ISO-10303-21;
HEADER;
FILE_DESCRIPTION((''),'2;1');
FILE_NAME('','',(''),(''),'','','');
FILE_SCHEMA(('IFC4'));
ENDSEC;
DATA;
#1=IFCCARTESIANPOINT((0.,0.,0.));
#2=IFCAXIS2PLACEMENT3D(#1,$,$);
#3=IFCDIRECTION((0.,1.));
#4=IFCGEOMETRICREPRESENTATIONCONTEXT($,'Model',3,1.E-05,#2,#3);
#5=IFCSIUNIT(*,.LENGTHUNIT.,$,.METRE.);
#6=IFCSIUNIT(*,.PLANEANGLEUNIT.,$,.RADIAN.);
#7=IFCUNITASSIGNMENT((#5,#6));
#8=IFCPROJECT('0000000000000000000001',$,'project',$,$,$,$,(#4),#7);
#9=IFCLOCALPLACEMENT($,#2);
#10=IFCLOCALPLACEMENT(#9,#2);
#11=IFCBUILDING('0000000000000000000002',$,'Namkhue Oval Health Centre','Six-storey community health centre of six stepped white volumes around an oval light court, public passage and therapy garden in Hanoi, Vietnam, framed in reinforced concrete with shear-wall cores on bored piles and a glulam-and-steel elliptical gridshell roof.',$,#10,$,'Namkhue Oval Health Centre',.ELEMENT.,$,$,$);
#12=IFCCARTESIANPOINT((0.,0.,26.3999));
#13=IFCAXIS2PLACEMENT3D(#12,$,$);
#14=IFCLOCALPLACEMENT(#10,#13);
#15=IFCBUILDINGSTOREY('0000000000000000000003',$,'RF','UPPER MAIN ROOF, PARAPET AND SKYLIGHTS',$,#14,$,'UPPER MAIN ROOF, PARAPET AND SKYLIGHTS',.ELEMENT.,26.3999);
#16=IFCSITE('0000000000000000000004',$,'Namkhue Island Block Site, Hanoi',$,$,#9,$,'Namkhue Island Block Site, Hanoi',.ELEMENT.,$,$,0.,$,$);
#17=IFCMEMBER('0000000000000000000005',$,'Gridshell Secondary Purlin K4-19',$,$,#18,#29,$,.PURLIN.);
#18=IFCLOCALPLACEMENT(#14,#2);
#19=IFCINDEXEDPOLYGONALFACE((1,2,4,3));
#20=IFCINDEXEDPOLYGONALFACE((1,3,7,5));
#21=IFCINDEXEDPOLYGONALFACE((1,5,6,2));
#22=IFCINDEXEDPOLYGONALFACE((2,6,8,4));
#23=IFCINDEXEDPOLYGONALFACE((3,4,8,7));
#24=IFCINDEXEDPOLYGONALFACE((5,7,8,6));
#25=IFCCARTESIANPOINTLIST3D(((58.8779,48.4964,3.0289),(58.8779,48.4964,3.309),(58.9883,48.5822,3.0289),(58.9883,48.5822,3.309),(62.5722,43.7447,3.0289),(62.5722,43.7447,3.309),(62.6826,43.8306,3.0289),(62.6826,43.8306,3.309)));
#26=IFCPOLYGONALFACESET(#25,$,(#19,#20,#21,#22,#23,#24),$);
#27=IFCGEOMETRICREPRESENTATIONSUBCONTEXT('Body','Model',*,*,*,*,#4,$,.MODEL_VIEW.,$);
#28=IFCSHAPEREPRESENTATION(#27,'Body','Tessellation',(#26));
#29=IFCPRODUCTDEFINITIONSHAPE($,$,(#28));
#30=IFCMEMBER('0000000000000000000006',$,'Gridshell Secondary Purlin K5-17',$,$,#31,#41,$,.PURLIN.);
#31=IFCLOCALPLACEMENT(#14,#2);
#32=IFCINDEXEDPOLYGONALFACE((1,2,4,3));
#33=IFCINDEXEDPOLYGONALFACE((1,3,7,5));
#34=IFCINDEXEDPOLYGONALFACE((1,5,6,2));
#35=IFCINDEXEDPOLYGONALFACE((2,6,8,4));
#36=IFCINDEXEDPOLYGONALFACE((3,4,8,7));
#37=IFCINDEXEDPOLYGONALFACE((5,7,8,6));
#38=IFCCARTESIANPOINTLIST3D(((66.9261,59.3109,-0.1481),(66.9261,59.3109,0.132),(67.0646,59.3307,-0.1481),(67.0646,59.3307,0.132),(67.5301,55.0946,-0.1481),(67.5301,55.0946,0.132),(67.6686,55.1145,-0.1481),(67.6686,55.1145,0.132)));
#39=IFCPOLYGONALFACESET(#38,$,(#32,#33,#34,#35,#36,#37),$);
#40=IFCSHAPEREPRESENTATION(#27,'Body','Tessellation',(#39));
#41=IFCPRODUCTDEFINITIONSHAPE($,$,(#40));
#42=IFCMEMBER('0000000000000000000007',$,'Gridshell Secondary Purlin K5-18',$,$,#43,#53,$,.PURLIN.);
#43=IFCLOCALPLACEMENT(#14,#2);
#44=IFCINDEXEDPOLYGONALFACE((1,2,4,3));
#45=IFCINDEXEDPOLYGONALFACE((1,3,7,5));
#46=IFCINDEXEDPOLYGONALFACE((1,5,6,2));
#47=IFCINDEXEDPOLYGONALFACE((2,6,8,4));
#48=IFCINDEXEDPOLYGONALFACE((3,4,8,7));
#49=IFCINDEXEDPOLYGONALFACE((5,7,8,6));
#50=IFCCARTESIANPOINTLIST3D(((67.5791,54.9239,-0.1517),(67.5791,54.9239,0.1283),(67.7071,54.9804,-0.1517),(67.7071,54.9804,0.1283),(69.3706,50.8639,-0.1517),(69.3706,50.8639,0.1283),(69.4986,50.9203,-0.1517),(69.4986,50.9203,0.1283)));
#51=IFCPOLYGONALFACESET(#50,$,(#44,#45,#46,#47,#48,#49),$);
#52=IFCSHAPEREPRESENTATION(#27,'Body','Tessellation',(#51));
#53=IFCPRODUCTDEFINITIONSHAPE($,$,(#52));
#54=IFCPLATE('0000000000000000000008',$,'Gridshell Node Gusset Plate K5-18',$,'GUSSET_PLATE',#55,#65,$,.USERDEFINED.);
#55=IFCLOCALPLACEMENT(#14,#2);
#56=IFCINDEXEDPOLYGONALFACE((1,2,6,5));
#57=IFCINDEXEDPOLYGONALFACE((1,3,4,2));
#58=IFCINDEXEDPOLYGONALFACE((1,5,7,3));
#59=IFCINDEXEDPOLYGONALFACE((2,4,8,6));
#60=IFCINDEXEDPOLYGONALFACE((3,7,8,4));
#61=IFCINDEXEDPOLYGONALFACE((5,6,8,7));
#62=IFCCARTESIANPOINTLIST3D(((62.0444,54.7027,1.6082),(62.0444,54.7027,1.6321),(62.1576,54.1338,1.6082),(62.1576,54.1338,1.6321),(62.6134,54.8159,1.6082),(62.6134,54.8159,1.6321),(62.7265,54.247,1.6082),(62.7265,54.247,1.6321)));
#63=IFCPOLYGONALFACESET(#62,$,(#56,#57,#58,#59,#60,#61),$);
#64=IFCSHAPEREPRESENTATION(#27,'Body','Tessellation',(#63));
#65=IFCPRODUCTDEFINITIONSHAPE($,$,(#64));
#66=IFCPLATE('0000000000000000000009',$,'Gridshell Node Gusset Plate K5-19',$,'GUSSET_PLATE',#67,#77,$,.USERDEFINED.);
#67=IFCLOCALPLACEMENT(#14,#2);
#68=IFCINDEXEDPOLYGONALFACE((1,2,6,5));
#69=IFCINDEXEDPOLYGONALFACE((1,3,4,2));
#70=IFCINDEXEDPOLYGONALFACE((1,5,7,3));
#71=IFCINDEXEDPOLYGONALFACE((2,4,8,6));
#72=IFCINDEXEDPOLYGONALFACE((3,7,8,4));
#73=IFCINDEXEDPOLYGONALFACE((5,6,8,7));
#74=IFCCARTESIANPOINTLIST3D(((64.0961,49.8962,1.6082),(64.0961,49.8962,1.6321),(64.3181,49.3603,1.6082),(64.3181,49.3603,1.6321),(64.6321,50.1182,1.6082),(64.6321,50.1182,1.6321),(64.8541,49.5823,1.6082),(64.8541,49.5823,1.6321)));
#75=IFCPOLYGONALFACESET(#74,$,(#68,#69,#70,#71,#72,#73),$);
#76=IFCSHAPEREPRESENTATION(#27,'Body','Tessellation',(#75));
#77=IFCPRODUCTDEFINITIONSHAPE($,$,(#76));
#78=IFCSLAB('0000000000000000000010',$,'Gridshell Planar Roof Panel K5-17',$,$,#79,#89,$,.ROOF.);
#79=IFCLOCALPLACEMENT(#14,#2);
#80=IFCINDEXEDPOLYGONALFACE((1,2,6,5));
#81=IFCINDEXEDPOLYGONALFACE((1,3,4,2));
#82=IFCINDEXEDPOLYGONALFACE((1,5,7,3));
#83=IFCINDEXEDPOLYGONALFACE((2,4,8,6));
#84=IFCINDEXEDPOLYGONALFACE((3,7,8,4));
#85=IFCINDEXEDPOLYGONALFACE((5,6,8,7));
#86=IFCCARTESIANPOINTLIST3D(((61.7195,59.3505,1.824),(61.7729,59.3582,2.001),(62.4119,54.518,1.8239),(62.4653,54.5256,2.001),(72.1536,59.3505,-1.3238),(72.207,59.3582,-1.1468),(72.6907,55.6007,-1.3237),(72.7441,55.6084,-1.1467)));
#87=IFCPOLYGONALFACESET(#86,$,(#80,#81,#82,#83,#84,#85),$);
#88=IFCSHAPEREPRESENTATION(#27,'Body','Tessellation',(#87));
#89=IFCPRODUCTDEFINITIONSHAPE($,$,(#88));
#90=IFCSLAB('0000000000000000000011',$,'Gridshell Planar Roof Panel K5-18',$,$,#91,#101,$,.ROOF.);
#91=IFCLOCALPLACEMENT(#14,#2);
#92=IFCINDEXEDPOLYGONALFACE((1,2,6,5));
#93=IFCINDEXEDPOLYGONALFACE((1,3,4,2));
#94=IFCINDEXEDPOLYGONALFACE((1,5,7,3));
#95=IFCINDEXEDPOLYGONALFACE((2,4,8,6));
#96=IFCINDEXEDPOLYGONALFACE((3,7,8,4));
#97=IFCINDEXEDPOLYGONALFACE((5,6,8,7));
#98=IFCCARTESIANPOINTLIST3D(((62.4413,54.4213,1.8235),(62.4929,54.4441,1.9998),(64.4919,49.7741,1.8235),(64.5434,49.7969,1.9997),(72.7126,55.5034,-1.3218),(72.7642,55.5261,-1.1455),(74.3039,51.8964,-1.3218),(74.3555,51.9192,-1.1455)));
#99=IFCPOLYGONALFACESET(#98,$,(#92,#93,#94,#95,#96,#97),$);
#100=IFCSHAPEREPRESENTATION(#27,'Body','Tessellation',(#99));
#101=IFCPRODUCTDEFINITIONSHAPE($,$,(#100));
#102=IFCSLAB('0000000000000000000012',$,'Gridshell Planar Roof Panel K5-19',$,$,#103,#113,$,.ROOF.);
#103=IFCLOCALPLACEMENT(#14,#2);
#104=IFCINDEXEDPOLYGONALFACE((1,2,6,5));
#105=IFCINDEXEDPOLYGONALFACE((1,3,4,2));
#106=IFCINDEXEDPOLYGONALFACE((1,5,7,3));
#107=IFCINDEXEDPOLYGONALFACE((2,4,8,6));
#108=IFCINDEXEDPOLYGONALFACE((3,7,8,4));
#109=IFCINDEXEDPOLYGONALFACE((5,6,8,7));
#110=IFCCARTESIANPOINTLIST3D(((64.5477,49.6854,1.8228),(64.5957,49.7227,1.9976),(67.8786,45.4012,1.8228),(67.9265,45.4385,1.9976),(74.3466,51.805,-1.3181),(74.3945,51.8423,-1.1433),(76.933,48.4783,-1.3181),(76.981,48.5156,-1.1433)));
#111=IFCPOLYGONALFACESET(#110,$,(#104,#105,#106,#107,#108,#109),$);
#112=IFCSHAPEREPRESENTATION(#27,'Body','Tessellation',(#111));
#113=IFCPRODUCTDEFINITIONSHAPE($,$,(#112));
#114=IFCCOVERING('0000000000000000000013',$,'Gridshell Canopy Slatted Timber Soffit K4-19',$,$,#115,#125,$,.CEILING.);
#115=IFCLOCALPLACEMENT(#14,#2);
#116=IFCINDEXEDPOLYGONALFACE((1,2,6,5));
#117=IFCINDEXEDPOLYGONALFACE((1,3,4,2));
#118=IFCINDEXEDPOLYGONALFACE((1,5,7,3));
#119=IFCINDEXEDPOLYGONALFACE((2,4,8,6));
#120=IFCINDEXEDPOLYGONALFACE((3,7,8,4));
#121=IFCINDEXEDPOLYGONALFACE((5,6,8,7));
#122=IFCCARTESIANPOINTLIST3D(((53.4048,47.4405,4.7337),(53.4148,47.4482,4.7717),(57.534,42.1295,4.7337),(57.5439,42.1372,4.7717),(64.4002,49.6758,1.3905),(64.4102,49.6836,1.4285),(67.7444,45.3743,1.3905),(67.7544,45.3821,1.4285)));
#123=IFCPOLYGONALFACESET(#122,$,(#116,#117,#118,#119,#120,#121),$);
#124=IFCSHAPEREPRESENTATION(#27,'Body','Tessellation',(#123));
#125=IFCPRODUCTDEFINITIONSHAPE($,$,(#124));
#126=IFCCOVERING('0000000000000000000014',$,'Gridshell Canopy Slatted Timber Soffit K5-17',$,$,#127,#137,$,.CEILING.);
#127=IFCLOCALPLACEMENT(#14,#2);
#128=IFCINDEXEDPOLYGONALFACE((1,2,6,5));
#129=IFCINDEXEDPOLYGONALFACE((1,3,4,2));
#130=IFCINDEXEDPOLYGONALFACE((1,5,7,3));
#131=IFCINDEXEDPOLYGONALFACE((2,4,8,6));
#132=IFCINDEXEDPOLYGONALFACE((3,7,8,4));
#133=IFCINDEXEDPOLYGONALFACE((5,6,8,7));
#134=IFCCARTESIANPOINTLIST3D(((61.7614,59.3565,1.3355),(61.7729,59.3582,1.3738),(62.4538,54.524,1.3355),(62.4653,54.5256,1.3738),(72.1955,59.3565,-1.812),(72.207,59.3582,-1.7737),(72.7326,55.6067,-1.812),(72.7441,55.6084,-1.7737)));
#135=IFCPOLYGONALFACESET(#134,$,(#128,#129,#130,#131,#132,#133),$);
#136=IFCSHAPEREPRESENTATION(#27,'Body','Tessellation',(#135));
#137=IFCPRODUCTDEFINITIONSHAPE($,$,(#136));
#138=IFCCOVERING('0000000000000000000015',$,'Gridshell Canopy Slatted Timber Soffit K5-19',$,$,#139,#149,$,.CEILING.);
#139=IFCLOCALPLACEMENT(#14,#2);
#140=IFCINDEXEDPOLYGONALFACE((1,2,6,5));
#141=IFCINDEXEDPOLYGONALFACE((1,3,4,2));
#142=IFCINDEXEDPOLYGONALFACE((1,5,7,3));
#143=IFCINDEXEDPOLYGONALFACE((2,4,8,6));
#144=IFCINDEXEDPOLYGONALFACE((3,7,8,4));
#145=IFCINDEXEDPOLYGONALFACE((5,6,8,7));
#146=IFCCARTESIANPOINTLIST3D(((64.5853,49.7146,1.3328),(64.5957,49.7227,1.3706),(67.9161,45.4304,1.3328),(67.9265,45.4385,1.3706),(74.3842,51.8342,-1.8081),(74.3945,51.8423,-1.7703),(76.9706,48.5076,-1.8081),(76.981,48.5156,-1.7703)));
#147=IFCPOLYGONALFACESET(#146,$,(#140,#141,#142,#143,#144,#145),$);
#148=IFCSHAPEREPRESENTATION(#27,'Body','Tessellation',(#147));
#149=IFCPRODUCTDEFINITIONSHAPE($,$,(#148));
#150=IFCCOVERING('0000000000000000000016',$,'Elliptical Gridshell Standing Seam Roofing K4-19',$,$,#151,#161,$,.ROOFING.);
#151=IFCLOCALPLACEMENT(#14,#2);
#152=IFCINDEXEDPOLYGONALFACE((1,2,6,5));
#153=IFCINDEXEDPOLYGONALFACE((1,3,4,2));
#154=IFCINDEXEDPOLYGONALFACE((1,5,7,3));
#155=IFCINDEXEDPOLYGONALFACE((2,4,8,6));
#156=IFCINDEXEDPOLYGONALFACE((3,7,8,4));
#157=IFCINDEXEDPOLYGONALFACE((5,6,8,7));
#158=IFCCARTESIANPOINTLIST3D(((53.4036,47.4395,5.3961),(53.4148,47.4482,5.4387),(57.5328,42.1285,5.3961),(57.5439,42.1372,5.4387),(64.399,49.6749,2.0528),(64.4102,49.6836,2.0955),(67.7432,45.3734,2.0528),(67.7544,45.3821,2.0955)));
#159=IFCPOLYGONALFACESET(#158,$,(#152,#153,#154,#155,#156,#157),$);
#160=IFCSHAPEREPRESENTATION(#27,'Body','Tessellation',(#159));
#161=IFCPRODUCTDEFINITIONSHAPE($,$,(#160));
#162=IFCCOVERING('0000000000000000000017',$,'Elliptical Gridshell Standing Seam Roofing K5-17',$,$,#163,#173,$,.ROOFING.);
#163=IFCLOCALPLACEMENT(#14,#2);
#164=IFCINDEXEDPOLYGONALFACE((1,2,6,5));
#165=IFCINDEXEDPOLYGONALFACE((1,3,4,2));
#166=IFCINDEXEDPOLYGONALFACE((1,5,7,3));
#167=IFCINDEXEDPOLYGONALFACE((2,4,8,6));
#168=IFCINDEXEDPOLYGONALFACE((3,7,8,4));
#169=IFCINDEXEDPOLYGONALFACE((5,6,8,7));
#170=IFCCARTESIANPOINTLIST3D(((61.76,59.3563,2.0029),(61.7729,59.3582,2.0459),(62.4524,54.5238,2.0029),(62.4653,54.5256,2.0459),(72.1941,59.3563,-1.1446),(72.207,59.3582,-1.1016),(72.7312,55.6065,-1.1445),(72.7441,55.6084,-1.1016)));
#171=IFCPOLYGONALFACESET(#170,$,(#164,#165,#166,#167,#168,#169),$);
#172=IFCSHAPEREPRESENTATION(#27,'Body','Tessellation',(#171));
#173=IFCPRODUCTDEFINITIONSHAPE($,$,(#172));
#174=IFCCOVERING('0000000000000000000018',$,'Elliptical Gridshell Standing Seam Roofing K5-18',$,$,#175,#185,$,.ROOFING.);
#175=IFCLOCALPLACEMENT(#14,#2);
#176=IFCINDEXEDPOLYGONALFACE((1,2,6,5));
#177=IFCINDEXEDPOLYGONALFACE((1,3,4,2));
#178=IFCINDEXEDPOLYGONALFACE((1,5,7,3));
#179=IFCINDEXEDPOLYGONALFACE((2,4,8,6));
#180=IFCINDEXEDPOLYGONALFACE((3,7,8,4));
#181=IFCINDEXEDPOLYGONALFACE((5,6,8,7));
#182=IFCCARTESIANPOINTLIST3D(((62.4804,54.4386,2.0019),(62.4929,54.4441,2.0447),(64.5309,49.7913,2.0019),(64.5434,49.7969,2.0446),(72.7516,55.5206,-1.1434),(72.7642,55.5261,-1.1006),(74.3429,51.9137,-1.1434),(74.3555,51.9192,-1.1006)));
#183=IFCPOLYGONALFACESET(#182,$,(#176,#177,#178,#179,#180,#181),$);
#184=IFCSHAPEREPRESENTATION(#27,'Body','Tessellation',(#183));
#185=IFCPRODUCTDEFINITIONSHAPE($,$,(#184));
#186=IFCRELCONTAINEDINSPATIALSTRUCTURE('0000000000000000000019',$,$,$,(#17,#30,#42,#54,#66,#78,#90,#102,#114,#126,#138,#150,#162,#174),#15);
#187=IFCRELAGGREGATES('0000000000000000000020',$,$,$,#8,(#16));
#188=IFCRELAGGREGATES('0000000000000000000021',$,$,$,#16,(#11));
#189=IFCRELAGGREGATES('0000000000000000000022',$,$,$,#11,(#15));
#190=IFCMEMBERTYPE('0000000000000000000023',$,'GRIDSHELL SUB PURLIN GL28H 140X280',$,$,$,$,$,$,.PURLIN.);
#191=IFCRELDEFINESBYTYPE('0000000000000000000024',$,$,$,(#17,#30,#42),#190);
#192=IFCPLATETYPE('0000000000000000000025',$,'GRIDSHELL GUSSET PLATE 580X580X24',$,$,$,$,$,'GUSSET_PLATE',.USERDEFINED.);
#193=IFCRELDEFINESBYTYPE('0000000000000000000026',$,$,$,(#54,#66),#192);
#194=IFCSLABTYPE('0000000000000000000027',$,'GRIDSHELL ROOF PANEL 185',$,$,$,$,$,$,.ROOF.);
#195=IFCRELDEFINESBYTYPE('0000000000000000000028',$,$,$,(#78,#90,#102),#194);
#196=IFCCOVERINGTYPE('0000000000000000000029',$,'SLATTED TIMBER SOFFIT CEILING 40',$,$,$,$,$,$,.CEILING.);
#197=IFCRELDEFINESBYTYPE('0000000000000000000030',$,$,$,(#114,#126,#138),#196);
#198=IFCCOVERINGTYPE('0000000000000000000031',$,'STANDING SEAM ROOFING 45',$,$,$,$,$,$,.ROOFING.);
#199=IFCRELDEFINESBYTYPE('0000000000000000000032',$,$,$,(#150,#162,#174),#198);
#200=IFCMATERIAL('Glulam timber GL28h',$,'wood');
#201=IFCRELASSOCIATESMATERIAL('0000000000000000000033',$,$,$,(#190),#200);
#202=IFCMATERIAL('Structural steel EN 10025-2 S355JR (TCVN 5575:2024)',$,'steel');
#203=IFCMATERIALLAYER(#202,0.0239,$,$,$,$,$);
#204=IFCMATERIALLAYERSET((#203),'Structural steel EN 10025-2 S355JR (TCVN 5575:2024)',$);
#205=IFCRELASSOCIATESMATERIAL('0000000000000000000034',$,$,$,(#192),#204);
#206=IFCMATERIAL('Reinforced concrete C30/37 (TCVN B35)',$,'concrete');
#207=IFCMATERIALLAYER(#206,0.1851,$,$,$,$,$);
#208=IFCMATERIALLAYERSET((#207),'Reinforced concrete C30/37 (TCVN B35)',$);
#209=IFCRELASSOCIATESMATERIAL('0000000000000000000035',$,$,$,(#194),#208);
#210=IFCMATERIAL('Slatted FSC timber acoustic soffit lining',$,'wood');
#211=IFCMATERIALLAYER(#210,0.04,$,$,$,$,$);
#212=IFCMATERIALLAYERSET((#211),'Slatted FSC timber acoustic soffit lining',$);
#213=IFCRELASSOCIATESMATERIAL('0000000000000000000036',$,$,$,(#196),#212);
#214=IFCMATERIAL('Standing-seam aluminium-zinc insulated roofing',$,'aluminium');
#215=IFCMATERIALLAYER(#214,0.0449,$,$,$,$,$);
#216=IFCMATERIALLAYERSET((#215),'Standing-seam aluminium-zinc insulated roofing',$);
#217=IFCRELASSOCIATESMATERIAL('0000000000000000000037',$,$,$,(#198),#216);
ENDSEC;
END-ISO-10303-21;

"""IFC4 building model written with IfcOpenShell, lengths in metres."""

from ifc_helpers import new_model, si_unit, direction, frame, origin, origin_2d, place, context, subcontext, project, spatial, polyline, rectangle, outline, extrude, material, layer, layer_set, material_profile, profile_set, type_object, element, save


model = new_model("IFC4")

# Units and contexts
model_context = context("Model", 3, precision=1e-05, world=origin(), true_north=direction((0.0, 1.0)))
body_context = subcontext(model_context, "Body", "Model", "MODEL_VIEW")
ifc_project = project(units=[si_unit("LENGTHUNIT", "METRE"), si_unit("PLANEANGLEUNIT", "RADIAN")], contexts=[model_context])

# Site, building, storey
site_placement = place(None, origin())
site = spatial("IfcSite", under=ifc_project, at=site_placement, Name="Namkhue Island Block Site, Hanoi", LongName="Namkhue Island Block Site, Hanoi", CompositionType="ELEMENT", RefElevation=0.0)
building_placement = place(site_placement, origin())
building = spatial("IfcBuilding", under=site, at=building_placement, Name="Namkhue Oval Health Centre", Description="Six-storey community health centre of six stepped white volumes around an oval light court, public passage and therapy garden in Hanoi, Vietnam, framed in reinforced concrete with shear-wall cores on bored piles and a glulam-and-steel elliptical gridshell roof.", LongName="Namkhue Oval Health Centre", CompositionType="ELEMENT")
storey_placement = place(building_placement, frame((0.0, 0.0, 26.3999)))
storey = spatial("IfcBuildingStorey", under=building, at=storey_placement, Name="RF", Description="UPPER MAIN ROOF, PARAPET AND SKYLIGHTS", LongName="UPPER MAIN ROOF, PARAPET AND SKYLIGHTS", CompositionType="ELEMENT", Elevation=26.3999)

# Members
ifc_material_1 = material(Name="Structural steel EN 10025-2 S355JR (TCVN 5575:2024)", Category="steel")
ifc_material_2 = material(Name="Glulam timber GL28h", Category="wood")
ifc_material_profile_1 = material_profile(ifc_material_2, rectangle(XDim=0.1399, YDim=0.28, at=origin_2d()), Name="GL28h 140x280")
ifc_profile_set_1 = profile_set([ifc_material_profile_1], Name="Glulam timber GL28h")
member_type_1 = type_object("IfcMemberType", Name="GRIDSHELL SUB PURLIN GL28H 140X280", PredefinedType="PURLIN", material=ifc_profile_set_1)
member_1_placement = place(storey_placement, frame((58.9331, 48.5393, 3.1689), z_axis=(0.613792, -0.789468, 0.0), x_axis=(0.789468, 0.613792, 0.0)))
element("IfcMember", 1, at=member_1_placement, inside=storey, type_object=member_type_1, Name="Gridshell Secondary Purlin K4-19", PredefinedType="PURLIN", context=body_context, shape_type="SweptSolid", body=[
    extrude(rectangle(XDim=0.1399, YDim=0.28, at=origin_2d()), origin(), (0.0, 0.0, 1.0), 6.0188),
])
member_2_placement = place(storey_placement, frame((66.9954, 59.3208, -0.0081), z_axis=(0.141807, -0.989894, 0.0), x_axis=(0.989894, 0.141807, 0.0)))
element("IfcMember", 2, at=member_2_placement, inside=storey, type_object=member_type_1, Name="Gridshell Secondary Purlin K5-17", PredefinedType="PURLIN", context=body_context, shape_type="SweptSolid", body=[
    extrude(rectangle(XDim=0.1399, YDim=0.28, at=origin_2d()), origin(), (0.0, 0.0, 1.0), 4.2593),
])
member_3_placement = place(storey_placement, frame((67.6431, 54.9521, -0.0117), z_axis=(0.403697, -0.914893, 0.0), x_axis=(0.914893, 0.403697, 0.0)))
element("IfcMember", 3, at=member_3_placement, inside=storey, type_object=member_type_1, Name="Gridshell Secondary Purlin K5-18", PredefinedType="PURLIN", context=body_context, shape_type="SweptSolid", body=[
    extrude(rectangle(XDim=0.1399, YDim=0.28, at=origin_2d()), origin(), (0.0, 0.0, 1.0), 4.4377),
])

# Plates
ifc_layer_1 = layer(ifc_material_1, 0.0239)
ifc_layer_set_1 = layer_set([ifc_layer_1], Name="Structural steel EN 10025-2 S355JR (TCVN 5575:2024)")
plate_type = type_object("IfcPlateType", Name="GRIDSHELL GUSSET PLATE 580X580X24", ElementType="GUSSET_PLATE", PredefinedType="USERDEFINED", material=ifc_layer_set_1)
for number, where, z_axis, x_axis, name in (
    (4, (62.3855, 54.4749, 1.6082), (0.0, 0.0, 1.0), (-0.980785, -0.19509, 0.0), "Gridshell Node Gusset Plate K5-18"),
    (5, (64.4751, 49.7393, 1.6082), (0.0, 0.0, 1.0), (-0.92388, -0.382683, 0.0), "Gridshell Node Gusset Plate K5-19"),
):
    element("IfcPlate", number, at=place(storey_placement, frame(where, z_axis=z_axis, x_axis=x_axis)), inside=storey, type_object=plate_type, Name=name, ObjectType="GUSSET_PLATE", PredefinedType="USERDEFINED", context=body_context, shape_type="SweptSolid", body=[
        extrude(rectangle(XDim=0.5801, YDim=0.5801, at=origin_2d()), origin(), (0.0, 0.0, 1.0), 0.0239),
    ])

# Slabs
ifc_material_3 = material(Name="Reinforced concrete C30/37 (TCVN B35)", Category="concrete")
ifc_layer_2 = layer(ifc_material_3, 0.1851)
ifc_layer_set_2 = layer_set([ifc_layer_2], Name="Reinforced concrete C30/37 (TCVN B35)")
slab_type = type_object("IfcSlabType", Name="GRIDSHELL ROOF PANEL 185", PredefinedType="ROOF", material=ifc_layer_set_2)
slab_1_placement = place(storey_placement, frame((61.7729, 59.3582, 2.001), z_axis=(0.288574, 0.041341, 0.956565), x_axis=(0.141826, -0.989892, -0.000004)))
element("IfcSlab", 6, at=slab_1_placement, inside=storey, type_object=slab_type, Name="Gridshell Planar Roof Panel K5-17", PredefinedType="ROOF", context=body_context, shape_type="SweptSolid", body=[
    extrude(outline(polyline([(0.0, 0.0), (4.8819, 0.0), (5.2679, 10.7975), (1.4798, 10.7976), (0.0, 0.0)])), origin(), (0.0, 0.0, -1.0), 0.1851),
])
slab_2_placement = place(storey_placement, frame((62.4929, 54.4441, 1.9998), z_axis=(0.278714, 0.122972, 0.952469), x_axis=(0.403687, -0.914897, -0.000006)))
element("IfcSlab", 7, at=slab_2_placement, inside=storey, type_object=slab_type, Name="Gridshell Planar Roof Panel K5-18", PredefinedType="ROOF", context=body_context, shape_type="SweptSolid", body=[
    extrude(outline(polyline([(0.0, 0.0), (5.0795, 0.0), (7.0988, 10.3245), (3.1564, 10.3247), (0.0, 0.0)])), origin(), (0.0, 0.0, -1.0), 0.1851),
])
slab_3_placement = place(storey_placement, frame((64.5957, 49.7227, 1.9976), z_axis=(0.25918, 0.201506, 0.944575), x_axis=(0.613788, -0.789471, 0.000001)))
element("IfcSlab", 8, at=slab_3_placement, inside=storey, type_object=slab_type, Name="Gridshell Planar Roof Panel K5-19", PredefinedType="ROOF", context=body_context, shape_type="SweptSolid", body=[
    extrude(outline(polyline([(0.0, 0.0), (5.4266, 0.0), (8.5548, 9.5672), (4.341, 9.5672), (0.0, 0.0)])), origin(), (0.0, 0.0, -1.0), 0.1851),
])

# Coverings
ifc_material_4 = material(Name="Slatted FSC timber acoustic soffit lining", Category="wood")
ifc_layer_3 = layer(ifc_material_4, 0.04)
ifc_layer_set_3 = layer_set([ifc_layer_3], Name="Slatted FSC timber acoustic soffit lining")
covering_type_1 = type_object("IfcCoveringType", Name="SLATTED TIMBER SOFFIT CEILING 40", PredefinedType="CEILING", material=ifc_layer_set_3)
covering_1_placement = place(storey_placement, frame((53.4148, 47.4482, 4.7717), z_axis=(0.249144, 0.1937, 0.948898), x_axis=(0.613787, -0.789472, -0.000001)))
element("IfcCovering", 9, at=covering_1_placement, inside=storey, type_object=covering_type_1, Name="Gridshell Canopy Slatted Timber Soffit K4-19", PredefinedType="CEILING", context=body_context, shape_type="SweptSolid", body=[
    extrude(outline(polyline([(0.0, 0.0), (6.7273, 0.0), (10.4326, 10.5939), (4.9841, 10.5939), (0.0, 0.0)])), origin(), (0.0, 0.0, -1.0), 0.04),
])
covering_2_placement = place(storey_placement, frame((61.7729, 59.3582, 1.3738), z_axis=(0.288554, 0.041338, 0.956571), x_axis=(0.141826, -0.989892, -0.000004)))
element("IfcCovering", 10, at=covering_2_placement, inside=storey, type_object=covering_type_1, Name="Gridshell Canopy Slatted Timber Soffit K5-17", PredefinedType="CEILING", context=body_context, shape_type="SweptSolid", body=[
    extrude(outline(polyline([(0.0, 0.0), (4.8819, 0.0), (5.2679, 10.7974), (1.4798, 10.7975), (0.0, 0.0)])), origin(), (0.0, 0.0, -1.0), 0.04),
])
covering_3_placement = place(storey_placement, frame((64.5957, 49.7227, 1.3706), z_axis=(0.25918, 0.201506, 0.944575), x_axis=(0.613788, -0.789471, 0.000001)))
element("IfcCovering", 11, at=covering_3_placement, inside=storey, type_object=covering_type_1, Name="Gridshell Canopy Slatted Timber Soffit K5-19", PredefinedType="CEILING", context=body_context, shape_type="SweptSolid", body=[
    extrude(outline(polyline([(0.0, 0.0), (5.4266, 0.0), (8.5548, 9.5672), (4.341, 9.5672), (0.0, 0.0)])), origin(), (0.0, 0.0, -1.0), 0.04),
])
ifc_material_5 = material(Name="Standing-seam aluminium-zinc insulated roofing", Category="aluminium")
ifc_layer_4 = layer(ifc_material_5, 0.0449)
ifc_layer_set_4 = layer_set([ifc_layer_4], Name="Standing-seam aluminium-zinc insulated roofing")
covering_type_2 = type_object("IfcCoveringType", Name="STANDING SEAM ROOFING 45", PredefinedType="ROOFING", material=ifc_layer_set_4)
covering_4_placement = place(storey_placement, frame((53.4148, 47.4482, 5.4387), z_axis=(0.249144, 0.1937, 0.948898), x_axis=(0.613787, -0.789472, -0.000001)))
element("IfcCovering", 12, at=covering_4_placement, inside=storey, type_object=covering_type_2, Name="Elliptical Gridshell Standing Seam Roofing K4-19", PredefinedType="ROOFING", context=body_context, shape_type="SweptSolid", body=[
    extrude(outline(polyline([(0.0, 0.0), (6.7273, 0.0), (10.4326, 10.5939), (4.9841, 10.5939), (0.0, 0.0)])), origin(), (0.0, 0.0, -1.0), 0.0449),
])
covering_5_placement = place(storey_placement, frame((61.7729, 59.3582, 2.0459), z_axis=(0.288554, 0.041338, 0.956571), x_axis=(0.141826, -0.989892, -0.000004)))
element("IfcCovering", 13, at=covering_5_placement, inside=storey, type_object=covering_type_2, Name="Elliptical Gridshell Standing Seam Roofing K5-17", PredefinedType="ROOFING", context=body_context, shape_type="SweptSolid", body=[
    extrude(outline(polyline([(0.0, 0.0), (4.8819, 0.0), (5.2679, 10.7974), (1.4798, 10.7975), (0.0, 0.0)])), origin(), (0.0, 0.0, -1.0), 0.0449),
])
covering_6_placement = place(storey_placement, frame((62.4929, 54.4441, 2.0447), z_axis=(0.278714, 0.122972, 0.952469), x_axis=(0.403687, -0.914897, -0.000006)))
element("IfcCovering", 14, at=covering_6_placement, inside=storey, type_object=covering_type_2, Name="Elliptical Gridshell Standing Seam Roofing K5-18", PredefinedType="ROOFING", context=body_context, shape_type="SweptSolid", body=[
    extrude(outline(polyline([(0.0, 0.0), (5.0795, 0.0), (7.0988, 10.3245), (3.1564, 10.3247), (0.0, 0.0)])), origin(), (0.0, 0.0, -1.0), 0.0449),
])

save(model, "model.ifc")
